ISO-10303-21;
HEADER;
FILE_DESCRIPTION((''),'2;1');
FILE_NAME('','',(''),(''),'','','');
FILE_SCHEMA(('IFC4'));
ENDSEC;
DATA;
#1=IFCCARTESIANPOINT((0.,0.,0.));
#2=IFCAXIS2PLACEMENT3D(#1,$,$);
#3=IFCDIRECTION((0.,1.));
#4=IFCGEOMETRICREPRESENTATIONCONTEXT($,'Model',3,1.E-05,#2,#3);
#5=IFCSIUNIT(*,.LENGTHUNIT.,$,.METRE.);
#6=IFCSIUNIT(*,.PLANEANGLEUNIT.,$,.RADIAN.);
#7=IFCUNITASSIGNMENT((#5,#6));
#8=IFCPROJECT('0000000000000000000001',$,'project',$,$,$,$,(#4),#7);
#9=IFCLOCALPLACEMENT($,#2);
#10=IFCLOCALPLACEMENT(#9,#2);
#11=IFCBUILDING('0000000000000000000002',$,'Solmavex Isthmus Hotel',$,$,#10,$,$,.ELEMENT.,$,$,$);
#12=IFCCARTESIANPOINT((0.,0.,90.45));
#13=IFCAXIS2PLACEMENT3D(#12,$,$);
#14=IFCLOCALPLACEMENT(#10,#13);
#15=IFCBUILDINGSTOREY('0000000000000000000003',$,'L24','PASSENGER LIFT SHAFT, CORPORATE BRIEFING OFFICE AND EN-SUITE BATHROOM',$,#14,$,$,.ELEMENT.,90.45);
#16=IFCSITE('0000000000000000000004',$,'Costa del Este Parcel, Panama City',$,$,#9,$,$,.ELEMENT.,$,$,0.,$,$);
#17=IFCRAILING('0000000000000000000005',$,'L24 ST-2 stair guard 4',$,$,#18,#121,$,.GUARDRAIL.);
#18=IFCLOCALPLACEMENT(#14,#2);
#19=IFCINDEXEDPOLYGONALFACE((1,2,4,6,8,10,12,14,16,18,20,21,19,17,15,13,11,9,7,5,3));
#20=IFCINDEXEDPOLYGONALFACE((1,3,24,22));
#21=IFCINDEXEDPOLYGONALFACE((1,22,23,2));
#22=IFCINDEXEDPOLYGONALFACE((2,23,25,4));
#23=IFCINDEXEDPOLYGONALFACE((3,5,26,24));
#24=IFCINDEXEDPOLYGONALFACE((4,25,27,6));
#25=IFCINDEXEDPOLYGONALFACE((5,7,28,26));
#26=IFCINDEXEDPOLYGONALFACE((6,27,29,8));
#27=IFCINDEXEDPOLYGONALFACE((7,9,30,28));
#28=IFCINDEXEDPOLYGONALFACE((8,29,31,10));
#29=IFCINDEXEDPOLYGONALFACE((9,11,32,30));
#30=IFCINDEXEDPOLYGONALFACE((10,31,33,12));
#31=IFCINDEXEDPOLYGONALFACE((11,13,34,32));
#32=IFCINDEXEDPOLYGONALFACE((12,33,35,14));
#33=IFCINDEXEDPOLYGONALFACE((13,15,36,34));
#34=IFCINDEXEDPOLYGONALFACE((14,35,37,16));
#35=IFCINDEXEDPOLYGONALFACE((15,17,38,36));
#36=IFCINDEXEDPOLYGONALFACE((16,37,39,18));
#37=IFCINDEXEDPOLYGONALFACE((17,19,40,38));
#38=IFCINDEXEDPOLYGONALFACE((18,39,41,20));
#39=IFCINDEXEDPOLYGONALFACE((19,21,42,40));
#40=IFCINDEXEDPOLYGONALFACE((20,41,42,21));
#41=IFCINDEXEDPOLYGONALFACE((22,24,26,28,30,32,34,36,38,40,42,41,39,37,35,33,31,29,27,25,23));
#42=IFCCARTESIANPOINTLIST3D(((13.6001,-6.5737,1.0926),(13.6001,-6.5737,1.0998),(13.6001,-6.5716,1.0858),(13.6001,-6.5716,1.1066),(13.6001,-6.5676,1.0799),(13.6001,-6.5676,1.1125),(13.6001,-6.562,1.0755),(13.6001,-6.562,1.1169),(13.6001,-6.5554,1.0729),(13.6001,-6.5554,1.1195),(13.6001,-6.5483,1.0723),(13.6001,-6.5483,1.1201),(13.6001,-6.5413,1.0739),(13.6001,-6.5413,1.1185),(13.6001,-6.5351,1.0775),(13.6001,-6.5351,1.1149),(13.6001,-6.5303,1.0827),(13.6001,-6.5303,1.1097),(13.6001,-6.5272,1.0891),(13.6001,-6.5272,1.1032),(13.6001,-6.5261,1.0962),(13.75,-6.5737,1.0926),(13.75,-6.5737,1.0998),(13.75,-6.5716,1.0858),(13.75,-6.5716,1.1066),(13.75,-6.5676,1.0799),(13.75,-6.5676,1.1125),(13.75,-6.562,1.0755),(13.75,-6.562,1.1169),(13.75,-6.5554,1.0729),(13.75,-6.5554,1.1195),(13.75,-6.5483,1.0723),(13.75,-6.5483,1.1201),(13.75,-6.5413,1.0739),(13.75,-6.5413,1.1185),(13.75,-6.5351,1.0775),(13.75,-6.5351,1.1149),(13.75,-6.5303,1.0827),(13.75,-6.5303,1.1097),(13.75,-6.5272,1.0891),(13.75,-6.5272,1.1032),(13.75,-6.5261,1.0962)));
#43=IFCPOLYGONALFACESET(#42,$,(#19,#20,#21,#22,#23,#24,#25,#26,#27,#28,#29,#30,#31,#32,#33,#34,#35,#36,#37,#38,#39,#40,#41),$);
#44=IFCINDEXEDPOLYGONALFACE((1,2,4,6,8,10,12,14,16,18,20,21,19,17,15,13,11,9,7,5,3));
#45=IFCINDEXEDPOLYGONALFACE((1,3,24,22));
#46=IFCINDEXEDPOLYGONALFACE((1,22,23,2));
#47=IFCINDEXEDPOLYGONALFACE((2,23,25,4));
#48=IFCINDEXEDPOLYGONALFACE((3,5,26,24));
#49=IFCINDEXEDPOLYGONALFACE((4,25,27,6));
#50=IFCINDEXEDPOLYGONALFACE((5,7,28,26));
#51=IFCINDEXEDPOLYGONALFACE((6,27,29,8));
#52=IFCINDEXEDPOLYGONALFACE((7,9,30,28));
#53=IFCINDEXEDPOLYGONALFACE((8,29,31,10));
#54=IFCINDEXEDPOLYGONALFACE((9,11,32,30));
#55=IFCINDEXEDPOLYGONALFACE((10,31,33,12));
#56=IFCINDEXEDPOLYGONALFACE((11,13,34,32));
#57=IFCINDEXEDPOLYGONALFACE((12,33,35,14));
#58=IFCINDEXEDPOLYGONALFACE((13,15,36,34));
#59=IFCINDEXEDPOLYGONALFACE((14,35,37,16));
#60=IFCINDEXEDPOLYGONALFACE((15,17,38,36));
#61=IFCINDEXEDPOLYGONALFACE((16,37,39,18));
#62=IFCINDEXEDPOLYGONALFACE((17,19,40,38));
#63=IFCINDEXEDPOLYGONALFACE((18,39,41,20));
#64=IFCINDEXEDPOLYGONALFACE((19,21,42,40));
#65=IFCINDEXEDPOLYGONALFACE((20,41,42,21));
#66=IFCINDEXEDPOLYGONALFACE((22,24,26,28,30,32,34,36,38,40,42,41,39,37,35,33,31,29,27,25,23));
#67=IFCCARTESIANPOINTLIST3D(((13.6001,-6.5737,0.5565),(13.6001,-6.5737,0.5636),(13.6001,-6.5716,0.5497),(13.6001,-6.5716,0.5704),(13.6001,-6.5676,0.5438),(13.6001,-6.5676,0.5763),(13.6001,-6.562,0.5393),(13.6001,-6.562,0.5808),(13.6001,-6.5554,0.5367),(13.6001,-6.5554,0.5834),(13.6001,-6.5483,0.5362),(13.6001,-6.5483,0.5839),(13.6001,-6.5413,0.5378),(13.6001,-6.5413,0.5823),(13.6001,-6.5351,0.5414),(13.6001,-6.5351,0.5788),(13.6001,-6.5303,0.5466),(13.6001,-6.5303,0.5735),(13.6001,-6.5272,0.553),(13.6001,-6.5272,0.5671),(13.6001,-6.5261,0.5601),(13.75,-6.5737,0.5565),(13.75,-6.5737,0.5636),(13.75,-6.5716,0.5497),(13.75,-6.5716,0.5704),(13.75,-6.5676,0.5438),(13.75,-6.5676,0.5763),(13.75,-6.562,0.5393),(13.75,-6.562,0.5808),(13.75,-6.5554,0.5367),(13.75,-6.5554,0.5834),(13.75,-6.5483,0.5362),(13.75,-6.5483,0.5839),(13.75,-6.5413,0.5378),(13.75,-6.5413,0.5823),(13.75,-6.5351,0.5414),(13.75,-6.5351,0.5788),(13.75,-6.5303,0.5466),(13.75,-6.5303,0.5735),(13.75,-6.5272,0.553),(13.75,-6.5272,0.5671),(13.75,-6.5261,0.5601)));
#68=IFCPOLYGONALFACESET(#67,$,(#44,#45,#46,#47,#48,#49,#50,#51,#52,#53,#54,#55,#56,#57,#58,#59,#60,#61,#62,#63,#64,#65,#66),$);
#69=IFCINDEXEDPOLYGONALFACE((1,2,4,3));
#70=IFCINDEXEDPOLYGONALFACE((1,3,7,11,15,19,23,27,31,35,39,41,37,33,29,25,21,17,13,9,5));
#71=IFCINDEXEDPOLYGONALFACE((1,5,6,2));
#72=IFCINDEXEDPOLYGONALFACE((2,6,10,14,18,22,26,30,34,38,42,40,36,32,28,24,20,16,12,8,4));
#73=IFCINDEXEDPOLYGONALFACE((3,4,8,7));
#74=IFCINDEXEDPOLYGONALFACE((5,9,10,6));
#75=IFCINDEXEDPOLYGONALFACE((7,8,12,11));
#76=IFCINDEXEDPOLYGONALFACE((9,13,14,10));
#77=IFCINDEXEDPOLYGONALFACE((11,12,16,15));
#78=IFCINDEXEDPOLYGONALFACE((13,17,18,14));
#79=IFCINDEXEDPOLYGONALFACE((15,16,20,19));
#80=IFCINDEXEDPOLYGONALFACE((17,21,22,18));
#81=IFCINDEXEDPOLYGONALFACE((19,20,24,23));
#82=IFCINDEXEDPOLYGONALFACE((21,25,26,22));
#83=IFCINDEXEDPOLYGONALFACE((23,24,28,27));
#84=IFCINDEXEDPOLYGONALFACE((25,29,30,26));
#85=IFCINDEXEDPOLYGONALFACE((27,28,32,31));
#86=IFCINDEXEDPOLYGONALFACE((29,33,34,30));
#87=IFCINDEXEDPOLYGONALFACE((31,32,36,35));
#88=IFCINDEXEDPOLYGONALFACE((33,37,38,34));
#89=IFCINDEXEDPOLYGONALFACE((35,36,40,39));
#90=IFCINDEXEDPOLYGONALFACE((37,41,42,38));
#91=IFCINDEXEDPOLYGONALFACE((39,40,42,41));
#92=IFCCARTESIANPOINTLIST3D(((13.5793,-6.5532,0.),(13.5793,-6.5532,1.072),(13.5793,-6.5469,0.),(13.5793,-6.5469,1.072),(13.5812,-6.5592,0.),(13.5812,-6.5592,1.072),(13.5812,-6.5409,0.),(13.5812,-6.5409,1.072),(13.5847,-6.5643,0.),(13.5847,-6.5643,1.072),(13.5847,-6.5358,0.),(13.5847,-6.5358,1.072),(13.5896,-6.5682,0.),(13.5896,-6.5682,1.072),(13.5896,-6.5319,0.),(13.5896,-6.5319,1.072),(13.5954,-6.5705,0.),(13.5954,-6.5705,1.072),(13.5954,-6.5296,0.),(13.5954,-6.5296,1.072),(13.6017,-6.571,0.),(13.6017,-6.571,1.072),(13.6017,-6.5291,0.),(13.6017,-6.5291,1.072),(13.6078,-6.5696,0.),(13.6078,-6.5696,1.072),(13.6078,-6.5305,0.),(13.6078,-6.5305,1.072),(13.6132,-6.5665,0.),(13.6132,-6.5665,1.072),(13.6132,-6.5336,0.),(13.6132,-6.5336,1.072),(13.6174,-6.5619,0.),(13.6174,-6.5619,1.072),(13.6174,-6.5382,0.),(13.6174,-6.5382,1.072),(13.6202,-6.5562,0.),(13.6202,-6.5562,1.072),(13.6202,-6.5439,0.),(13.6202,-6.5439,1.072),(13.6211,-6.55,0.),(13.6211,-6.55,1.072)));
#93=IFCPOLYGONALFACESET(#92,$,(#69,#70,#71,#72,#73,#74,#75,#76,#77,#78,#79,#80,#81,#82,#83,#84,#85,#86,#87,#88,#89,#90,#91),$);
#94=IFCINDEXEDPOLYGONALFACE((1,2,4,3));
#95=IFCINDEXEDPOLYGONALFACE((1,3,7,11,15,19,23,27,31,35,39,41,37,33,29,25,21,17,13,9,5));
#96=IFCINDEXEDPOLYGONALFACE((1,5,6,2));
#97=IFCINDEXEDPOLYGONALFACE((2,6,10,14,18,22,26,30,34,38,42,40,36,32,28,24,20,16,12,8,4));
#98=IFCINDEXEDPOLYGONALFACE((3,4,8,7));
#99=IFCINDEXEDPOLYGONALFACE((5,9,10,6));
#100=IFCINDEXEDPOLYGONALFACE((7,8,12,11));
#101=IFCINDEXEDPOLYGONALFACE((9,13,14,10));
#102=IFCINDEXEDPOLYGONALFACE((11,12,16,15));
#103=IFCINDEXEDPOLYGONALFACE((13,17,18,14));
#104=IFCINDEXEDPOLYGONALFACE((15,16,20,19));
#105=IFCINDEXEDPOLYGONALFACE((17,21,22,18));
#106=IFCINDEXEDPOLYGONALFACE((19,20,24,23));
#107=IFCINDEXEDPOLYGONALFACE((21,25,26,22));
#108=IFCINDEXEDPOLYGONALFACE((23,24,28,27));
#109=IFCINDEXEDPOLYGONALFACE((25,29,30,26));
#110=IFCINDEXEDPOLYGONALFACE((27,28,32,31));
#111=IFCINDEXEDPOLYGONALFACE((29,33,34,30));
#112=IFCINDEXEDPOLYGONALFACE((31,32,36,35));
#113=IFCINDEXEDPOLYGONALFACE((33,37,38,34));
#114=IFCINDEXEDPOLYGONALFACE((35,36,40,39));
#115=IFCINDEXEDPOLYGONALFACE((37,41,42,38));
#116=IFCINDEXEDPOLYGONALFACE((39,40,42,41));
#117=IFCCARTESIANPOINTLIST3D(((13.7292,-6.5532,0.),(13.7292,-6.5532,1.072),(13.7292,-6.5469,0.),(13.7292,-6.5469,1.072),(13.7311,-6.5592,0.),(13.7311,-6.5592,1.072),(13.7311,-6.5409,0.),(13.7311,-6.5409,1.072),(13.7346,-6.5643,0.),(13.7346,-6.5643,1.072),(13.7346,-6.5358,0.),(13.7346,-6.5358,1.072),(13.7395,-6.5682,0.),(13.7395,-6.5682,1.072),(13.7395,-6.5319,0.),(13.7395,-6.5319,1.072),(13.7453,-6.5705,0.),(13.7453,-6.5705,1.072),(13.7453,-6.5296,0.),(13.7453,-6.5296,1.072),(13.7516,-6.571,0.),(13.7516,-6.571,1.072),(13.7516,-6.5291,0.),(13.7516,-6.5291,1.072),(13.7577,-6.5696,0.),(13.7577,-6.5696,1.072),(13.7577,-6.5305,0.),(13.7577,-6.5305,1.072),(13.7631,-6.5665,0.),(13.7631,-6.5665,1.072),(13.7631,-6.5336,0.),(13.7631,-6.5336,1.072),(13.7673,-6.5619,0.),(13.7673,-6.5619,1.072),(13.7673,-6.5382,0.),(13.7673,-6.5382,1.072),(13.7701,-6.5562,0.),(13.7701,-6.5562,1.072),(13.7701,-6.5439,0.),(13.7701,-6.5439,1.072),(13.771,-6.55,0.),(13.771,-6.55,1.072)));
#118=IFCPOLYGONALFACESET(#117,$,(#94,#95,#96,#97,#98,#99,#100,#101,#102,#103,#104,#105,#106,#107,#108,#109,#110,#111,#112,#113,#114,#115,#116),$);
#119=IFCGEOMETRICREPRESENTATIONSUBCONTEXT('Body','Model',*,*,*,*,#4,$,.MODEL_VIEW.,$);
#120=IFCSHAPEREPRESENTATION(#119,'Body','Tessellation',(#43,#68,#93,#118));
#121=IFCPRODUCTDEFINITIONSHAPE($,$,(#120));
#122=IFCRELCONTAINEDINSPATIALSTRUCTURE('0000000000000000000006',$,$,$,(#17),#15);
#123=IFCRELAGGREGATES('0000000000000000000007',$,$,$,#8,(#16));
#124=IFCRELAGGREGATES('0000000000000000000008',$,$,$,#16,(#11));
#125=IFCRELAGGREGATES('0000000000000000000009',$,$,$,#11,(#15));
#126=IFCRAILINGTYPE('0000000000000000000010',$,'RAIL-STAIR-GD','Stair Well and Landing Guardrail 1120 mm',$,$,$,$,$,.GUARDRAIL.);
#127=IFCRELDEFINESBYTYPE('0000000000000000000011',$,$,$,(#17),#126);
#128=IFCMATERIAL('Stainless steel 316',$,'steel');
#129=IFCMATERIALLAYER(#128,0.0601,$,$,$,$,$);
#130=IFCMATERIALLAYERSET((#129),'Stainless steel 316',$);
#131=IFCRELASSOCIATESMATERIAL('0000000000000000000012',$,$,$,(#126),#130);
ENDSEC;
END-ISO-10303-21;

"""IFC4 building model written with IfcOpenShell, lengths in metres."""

from ifc_helpers import new_model, si_unit, direction, frame, origin, origin_2d, place, context, subcontext, project, spatial, circle, extrude, material, layer, layer_set, type_object, element, save


model = new_model("IFC4")

# Units and contexts
model_context = context("Model", 3, precision=1e-05, world=origin(), true_north=direction((0.0, 1.0)))
body_context = subcontext(model_context, "Body", "Model", "MODEL_VIEW")
ifc_project = project(units=[si_unit("LENGTHUNIT", "METRE"), si_unit("PLANEANGLEUNIT", "RADIAN")], contexts=[model_context])

# Site, building, storey
site_placement = place(None, origin())
site = spatial("IfcSite", under=ifc_project, at=site_placement, Name="Costa del Este Parcel, Panama City", CompositionType="ELEMENT", RefElevation=0.0)
building_placement = place(site_placement, origin())
building = spatial("IfcBuilding", under=site, at=building_placement, Name="Solmavex Isthmus Hotel", CompositionType="ELEMENT")
storey_placement = place(building_placement, frame((0.0, 0.0, 90.45)))
storey = spatial("IfcBuildingStorey", under=building, at=storey_placement, Name="L24", Description="PASSENGER LIFT SHAFT, CORPORATE BRIEFING OFFICE AND EN-SUITE BATHROOM", CompositionType="ELEMENT", Elevation=90.45)

# Shared definitions
ifc_material_1 = material(Name="Stainless steel 316", Category="steel")

# Railing
ifc_layer_1 = layer(ifc_material_1, 0.0601)
ifc_layer_set_1 = layer_set([ifc_layer_1], Name="Stainless steel 316")
railing_type_1 = type_object("IfcRailingType", Name="RAIL-STAIR-GD", Description="Stair Well and Landing Guardrail 1120 mm", PredefinedType="GUARDRAIL", material=ifc_layer_set_1)
railing_1_placement = place(storey_placement, frame((13.6001, -6.55, 0.0)))
element("IfcRailing", 1, at=railing_1_placement, inside=storey, type_object=railing_type_1, Name="L24 ST-2 stair guard 4", PredefinedType="GUARDRAIL", context=body_context, shape_type="SweptSolid", body=[
    extrude(circle(Radius=0.0239, at=origin_2d()), frame((0.0, 0.0, 1.0962), z_axis=(1.0, 0.0, 0.0), x_axis=(0.0, 1.0, 0.0)), (0.0, 0.0, 1.0), 0.1499),
    extrude(circle(Radius=0.0239, at=origin_2d()), frame((0.0, 0.0, 0.5601), z_axis=(1.0, 0.0, 0.0), x_axis=(0.0, 1.0, 0.0)), (0.0, 0.0, 1.0), 0.1499),
    extrude(circle(Radius=0.021, at=origin_2d()), origin(), (0.0, 0.0, 1.0), 1.072),
    extrude(circle(Radius=0.021, at=origin_2d()), frame((0.1499, 0.0, 0.0)), (0.0, 0.0, 1.0), 1.072),
])

save(model, "model.ifc")
